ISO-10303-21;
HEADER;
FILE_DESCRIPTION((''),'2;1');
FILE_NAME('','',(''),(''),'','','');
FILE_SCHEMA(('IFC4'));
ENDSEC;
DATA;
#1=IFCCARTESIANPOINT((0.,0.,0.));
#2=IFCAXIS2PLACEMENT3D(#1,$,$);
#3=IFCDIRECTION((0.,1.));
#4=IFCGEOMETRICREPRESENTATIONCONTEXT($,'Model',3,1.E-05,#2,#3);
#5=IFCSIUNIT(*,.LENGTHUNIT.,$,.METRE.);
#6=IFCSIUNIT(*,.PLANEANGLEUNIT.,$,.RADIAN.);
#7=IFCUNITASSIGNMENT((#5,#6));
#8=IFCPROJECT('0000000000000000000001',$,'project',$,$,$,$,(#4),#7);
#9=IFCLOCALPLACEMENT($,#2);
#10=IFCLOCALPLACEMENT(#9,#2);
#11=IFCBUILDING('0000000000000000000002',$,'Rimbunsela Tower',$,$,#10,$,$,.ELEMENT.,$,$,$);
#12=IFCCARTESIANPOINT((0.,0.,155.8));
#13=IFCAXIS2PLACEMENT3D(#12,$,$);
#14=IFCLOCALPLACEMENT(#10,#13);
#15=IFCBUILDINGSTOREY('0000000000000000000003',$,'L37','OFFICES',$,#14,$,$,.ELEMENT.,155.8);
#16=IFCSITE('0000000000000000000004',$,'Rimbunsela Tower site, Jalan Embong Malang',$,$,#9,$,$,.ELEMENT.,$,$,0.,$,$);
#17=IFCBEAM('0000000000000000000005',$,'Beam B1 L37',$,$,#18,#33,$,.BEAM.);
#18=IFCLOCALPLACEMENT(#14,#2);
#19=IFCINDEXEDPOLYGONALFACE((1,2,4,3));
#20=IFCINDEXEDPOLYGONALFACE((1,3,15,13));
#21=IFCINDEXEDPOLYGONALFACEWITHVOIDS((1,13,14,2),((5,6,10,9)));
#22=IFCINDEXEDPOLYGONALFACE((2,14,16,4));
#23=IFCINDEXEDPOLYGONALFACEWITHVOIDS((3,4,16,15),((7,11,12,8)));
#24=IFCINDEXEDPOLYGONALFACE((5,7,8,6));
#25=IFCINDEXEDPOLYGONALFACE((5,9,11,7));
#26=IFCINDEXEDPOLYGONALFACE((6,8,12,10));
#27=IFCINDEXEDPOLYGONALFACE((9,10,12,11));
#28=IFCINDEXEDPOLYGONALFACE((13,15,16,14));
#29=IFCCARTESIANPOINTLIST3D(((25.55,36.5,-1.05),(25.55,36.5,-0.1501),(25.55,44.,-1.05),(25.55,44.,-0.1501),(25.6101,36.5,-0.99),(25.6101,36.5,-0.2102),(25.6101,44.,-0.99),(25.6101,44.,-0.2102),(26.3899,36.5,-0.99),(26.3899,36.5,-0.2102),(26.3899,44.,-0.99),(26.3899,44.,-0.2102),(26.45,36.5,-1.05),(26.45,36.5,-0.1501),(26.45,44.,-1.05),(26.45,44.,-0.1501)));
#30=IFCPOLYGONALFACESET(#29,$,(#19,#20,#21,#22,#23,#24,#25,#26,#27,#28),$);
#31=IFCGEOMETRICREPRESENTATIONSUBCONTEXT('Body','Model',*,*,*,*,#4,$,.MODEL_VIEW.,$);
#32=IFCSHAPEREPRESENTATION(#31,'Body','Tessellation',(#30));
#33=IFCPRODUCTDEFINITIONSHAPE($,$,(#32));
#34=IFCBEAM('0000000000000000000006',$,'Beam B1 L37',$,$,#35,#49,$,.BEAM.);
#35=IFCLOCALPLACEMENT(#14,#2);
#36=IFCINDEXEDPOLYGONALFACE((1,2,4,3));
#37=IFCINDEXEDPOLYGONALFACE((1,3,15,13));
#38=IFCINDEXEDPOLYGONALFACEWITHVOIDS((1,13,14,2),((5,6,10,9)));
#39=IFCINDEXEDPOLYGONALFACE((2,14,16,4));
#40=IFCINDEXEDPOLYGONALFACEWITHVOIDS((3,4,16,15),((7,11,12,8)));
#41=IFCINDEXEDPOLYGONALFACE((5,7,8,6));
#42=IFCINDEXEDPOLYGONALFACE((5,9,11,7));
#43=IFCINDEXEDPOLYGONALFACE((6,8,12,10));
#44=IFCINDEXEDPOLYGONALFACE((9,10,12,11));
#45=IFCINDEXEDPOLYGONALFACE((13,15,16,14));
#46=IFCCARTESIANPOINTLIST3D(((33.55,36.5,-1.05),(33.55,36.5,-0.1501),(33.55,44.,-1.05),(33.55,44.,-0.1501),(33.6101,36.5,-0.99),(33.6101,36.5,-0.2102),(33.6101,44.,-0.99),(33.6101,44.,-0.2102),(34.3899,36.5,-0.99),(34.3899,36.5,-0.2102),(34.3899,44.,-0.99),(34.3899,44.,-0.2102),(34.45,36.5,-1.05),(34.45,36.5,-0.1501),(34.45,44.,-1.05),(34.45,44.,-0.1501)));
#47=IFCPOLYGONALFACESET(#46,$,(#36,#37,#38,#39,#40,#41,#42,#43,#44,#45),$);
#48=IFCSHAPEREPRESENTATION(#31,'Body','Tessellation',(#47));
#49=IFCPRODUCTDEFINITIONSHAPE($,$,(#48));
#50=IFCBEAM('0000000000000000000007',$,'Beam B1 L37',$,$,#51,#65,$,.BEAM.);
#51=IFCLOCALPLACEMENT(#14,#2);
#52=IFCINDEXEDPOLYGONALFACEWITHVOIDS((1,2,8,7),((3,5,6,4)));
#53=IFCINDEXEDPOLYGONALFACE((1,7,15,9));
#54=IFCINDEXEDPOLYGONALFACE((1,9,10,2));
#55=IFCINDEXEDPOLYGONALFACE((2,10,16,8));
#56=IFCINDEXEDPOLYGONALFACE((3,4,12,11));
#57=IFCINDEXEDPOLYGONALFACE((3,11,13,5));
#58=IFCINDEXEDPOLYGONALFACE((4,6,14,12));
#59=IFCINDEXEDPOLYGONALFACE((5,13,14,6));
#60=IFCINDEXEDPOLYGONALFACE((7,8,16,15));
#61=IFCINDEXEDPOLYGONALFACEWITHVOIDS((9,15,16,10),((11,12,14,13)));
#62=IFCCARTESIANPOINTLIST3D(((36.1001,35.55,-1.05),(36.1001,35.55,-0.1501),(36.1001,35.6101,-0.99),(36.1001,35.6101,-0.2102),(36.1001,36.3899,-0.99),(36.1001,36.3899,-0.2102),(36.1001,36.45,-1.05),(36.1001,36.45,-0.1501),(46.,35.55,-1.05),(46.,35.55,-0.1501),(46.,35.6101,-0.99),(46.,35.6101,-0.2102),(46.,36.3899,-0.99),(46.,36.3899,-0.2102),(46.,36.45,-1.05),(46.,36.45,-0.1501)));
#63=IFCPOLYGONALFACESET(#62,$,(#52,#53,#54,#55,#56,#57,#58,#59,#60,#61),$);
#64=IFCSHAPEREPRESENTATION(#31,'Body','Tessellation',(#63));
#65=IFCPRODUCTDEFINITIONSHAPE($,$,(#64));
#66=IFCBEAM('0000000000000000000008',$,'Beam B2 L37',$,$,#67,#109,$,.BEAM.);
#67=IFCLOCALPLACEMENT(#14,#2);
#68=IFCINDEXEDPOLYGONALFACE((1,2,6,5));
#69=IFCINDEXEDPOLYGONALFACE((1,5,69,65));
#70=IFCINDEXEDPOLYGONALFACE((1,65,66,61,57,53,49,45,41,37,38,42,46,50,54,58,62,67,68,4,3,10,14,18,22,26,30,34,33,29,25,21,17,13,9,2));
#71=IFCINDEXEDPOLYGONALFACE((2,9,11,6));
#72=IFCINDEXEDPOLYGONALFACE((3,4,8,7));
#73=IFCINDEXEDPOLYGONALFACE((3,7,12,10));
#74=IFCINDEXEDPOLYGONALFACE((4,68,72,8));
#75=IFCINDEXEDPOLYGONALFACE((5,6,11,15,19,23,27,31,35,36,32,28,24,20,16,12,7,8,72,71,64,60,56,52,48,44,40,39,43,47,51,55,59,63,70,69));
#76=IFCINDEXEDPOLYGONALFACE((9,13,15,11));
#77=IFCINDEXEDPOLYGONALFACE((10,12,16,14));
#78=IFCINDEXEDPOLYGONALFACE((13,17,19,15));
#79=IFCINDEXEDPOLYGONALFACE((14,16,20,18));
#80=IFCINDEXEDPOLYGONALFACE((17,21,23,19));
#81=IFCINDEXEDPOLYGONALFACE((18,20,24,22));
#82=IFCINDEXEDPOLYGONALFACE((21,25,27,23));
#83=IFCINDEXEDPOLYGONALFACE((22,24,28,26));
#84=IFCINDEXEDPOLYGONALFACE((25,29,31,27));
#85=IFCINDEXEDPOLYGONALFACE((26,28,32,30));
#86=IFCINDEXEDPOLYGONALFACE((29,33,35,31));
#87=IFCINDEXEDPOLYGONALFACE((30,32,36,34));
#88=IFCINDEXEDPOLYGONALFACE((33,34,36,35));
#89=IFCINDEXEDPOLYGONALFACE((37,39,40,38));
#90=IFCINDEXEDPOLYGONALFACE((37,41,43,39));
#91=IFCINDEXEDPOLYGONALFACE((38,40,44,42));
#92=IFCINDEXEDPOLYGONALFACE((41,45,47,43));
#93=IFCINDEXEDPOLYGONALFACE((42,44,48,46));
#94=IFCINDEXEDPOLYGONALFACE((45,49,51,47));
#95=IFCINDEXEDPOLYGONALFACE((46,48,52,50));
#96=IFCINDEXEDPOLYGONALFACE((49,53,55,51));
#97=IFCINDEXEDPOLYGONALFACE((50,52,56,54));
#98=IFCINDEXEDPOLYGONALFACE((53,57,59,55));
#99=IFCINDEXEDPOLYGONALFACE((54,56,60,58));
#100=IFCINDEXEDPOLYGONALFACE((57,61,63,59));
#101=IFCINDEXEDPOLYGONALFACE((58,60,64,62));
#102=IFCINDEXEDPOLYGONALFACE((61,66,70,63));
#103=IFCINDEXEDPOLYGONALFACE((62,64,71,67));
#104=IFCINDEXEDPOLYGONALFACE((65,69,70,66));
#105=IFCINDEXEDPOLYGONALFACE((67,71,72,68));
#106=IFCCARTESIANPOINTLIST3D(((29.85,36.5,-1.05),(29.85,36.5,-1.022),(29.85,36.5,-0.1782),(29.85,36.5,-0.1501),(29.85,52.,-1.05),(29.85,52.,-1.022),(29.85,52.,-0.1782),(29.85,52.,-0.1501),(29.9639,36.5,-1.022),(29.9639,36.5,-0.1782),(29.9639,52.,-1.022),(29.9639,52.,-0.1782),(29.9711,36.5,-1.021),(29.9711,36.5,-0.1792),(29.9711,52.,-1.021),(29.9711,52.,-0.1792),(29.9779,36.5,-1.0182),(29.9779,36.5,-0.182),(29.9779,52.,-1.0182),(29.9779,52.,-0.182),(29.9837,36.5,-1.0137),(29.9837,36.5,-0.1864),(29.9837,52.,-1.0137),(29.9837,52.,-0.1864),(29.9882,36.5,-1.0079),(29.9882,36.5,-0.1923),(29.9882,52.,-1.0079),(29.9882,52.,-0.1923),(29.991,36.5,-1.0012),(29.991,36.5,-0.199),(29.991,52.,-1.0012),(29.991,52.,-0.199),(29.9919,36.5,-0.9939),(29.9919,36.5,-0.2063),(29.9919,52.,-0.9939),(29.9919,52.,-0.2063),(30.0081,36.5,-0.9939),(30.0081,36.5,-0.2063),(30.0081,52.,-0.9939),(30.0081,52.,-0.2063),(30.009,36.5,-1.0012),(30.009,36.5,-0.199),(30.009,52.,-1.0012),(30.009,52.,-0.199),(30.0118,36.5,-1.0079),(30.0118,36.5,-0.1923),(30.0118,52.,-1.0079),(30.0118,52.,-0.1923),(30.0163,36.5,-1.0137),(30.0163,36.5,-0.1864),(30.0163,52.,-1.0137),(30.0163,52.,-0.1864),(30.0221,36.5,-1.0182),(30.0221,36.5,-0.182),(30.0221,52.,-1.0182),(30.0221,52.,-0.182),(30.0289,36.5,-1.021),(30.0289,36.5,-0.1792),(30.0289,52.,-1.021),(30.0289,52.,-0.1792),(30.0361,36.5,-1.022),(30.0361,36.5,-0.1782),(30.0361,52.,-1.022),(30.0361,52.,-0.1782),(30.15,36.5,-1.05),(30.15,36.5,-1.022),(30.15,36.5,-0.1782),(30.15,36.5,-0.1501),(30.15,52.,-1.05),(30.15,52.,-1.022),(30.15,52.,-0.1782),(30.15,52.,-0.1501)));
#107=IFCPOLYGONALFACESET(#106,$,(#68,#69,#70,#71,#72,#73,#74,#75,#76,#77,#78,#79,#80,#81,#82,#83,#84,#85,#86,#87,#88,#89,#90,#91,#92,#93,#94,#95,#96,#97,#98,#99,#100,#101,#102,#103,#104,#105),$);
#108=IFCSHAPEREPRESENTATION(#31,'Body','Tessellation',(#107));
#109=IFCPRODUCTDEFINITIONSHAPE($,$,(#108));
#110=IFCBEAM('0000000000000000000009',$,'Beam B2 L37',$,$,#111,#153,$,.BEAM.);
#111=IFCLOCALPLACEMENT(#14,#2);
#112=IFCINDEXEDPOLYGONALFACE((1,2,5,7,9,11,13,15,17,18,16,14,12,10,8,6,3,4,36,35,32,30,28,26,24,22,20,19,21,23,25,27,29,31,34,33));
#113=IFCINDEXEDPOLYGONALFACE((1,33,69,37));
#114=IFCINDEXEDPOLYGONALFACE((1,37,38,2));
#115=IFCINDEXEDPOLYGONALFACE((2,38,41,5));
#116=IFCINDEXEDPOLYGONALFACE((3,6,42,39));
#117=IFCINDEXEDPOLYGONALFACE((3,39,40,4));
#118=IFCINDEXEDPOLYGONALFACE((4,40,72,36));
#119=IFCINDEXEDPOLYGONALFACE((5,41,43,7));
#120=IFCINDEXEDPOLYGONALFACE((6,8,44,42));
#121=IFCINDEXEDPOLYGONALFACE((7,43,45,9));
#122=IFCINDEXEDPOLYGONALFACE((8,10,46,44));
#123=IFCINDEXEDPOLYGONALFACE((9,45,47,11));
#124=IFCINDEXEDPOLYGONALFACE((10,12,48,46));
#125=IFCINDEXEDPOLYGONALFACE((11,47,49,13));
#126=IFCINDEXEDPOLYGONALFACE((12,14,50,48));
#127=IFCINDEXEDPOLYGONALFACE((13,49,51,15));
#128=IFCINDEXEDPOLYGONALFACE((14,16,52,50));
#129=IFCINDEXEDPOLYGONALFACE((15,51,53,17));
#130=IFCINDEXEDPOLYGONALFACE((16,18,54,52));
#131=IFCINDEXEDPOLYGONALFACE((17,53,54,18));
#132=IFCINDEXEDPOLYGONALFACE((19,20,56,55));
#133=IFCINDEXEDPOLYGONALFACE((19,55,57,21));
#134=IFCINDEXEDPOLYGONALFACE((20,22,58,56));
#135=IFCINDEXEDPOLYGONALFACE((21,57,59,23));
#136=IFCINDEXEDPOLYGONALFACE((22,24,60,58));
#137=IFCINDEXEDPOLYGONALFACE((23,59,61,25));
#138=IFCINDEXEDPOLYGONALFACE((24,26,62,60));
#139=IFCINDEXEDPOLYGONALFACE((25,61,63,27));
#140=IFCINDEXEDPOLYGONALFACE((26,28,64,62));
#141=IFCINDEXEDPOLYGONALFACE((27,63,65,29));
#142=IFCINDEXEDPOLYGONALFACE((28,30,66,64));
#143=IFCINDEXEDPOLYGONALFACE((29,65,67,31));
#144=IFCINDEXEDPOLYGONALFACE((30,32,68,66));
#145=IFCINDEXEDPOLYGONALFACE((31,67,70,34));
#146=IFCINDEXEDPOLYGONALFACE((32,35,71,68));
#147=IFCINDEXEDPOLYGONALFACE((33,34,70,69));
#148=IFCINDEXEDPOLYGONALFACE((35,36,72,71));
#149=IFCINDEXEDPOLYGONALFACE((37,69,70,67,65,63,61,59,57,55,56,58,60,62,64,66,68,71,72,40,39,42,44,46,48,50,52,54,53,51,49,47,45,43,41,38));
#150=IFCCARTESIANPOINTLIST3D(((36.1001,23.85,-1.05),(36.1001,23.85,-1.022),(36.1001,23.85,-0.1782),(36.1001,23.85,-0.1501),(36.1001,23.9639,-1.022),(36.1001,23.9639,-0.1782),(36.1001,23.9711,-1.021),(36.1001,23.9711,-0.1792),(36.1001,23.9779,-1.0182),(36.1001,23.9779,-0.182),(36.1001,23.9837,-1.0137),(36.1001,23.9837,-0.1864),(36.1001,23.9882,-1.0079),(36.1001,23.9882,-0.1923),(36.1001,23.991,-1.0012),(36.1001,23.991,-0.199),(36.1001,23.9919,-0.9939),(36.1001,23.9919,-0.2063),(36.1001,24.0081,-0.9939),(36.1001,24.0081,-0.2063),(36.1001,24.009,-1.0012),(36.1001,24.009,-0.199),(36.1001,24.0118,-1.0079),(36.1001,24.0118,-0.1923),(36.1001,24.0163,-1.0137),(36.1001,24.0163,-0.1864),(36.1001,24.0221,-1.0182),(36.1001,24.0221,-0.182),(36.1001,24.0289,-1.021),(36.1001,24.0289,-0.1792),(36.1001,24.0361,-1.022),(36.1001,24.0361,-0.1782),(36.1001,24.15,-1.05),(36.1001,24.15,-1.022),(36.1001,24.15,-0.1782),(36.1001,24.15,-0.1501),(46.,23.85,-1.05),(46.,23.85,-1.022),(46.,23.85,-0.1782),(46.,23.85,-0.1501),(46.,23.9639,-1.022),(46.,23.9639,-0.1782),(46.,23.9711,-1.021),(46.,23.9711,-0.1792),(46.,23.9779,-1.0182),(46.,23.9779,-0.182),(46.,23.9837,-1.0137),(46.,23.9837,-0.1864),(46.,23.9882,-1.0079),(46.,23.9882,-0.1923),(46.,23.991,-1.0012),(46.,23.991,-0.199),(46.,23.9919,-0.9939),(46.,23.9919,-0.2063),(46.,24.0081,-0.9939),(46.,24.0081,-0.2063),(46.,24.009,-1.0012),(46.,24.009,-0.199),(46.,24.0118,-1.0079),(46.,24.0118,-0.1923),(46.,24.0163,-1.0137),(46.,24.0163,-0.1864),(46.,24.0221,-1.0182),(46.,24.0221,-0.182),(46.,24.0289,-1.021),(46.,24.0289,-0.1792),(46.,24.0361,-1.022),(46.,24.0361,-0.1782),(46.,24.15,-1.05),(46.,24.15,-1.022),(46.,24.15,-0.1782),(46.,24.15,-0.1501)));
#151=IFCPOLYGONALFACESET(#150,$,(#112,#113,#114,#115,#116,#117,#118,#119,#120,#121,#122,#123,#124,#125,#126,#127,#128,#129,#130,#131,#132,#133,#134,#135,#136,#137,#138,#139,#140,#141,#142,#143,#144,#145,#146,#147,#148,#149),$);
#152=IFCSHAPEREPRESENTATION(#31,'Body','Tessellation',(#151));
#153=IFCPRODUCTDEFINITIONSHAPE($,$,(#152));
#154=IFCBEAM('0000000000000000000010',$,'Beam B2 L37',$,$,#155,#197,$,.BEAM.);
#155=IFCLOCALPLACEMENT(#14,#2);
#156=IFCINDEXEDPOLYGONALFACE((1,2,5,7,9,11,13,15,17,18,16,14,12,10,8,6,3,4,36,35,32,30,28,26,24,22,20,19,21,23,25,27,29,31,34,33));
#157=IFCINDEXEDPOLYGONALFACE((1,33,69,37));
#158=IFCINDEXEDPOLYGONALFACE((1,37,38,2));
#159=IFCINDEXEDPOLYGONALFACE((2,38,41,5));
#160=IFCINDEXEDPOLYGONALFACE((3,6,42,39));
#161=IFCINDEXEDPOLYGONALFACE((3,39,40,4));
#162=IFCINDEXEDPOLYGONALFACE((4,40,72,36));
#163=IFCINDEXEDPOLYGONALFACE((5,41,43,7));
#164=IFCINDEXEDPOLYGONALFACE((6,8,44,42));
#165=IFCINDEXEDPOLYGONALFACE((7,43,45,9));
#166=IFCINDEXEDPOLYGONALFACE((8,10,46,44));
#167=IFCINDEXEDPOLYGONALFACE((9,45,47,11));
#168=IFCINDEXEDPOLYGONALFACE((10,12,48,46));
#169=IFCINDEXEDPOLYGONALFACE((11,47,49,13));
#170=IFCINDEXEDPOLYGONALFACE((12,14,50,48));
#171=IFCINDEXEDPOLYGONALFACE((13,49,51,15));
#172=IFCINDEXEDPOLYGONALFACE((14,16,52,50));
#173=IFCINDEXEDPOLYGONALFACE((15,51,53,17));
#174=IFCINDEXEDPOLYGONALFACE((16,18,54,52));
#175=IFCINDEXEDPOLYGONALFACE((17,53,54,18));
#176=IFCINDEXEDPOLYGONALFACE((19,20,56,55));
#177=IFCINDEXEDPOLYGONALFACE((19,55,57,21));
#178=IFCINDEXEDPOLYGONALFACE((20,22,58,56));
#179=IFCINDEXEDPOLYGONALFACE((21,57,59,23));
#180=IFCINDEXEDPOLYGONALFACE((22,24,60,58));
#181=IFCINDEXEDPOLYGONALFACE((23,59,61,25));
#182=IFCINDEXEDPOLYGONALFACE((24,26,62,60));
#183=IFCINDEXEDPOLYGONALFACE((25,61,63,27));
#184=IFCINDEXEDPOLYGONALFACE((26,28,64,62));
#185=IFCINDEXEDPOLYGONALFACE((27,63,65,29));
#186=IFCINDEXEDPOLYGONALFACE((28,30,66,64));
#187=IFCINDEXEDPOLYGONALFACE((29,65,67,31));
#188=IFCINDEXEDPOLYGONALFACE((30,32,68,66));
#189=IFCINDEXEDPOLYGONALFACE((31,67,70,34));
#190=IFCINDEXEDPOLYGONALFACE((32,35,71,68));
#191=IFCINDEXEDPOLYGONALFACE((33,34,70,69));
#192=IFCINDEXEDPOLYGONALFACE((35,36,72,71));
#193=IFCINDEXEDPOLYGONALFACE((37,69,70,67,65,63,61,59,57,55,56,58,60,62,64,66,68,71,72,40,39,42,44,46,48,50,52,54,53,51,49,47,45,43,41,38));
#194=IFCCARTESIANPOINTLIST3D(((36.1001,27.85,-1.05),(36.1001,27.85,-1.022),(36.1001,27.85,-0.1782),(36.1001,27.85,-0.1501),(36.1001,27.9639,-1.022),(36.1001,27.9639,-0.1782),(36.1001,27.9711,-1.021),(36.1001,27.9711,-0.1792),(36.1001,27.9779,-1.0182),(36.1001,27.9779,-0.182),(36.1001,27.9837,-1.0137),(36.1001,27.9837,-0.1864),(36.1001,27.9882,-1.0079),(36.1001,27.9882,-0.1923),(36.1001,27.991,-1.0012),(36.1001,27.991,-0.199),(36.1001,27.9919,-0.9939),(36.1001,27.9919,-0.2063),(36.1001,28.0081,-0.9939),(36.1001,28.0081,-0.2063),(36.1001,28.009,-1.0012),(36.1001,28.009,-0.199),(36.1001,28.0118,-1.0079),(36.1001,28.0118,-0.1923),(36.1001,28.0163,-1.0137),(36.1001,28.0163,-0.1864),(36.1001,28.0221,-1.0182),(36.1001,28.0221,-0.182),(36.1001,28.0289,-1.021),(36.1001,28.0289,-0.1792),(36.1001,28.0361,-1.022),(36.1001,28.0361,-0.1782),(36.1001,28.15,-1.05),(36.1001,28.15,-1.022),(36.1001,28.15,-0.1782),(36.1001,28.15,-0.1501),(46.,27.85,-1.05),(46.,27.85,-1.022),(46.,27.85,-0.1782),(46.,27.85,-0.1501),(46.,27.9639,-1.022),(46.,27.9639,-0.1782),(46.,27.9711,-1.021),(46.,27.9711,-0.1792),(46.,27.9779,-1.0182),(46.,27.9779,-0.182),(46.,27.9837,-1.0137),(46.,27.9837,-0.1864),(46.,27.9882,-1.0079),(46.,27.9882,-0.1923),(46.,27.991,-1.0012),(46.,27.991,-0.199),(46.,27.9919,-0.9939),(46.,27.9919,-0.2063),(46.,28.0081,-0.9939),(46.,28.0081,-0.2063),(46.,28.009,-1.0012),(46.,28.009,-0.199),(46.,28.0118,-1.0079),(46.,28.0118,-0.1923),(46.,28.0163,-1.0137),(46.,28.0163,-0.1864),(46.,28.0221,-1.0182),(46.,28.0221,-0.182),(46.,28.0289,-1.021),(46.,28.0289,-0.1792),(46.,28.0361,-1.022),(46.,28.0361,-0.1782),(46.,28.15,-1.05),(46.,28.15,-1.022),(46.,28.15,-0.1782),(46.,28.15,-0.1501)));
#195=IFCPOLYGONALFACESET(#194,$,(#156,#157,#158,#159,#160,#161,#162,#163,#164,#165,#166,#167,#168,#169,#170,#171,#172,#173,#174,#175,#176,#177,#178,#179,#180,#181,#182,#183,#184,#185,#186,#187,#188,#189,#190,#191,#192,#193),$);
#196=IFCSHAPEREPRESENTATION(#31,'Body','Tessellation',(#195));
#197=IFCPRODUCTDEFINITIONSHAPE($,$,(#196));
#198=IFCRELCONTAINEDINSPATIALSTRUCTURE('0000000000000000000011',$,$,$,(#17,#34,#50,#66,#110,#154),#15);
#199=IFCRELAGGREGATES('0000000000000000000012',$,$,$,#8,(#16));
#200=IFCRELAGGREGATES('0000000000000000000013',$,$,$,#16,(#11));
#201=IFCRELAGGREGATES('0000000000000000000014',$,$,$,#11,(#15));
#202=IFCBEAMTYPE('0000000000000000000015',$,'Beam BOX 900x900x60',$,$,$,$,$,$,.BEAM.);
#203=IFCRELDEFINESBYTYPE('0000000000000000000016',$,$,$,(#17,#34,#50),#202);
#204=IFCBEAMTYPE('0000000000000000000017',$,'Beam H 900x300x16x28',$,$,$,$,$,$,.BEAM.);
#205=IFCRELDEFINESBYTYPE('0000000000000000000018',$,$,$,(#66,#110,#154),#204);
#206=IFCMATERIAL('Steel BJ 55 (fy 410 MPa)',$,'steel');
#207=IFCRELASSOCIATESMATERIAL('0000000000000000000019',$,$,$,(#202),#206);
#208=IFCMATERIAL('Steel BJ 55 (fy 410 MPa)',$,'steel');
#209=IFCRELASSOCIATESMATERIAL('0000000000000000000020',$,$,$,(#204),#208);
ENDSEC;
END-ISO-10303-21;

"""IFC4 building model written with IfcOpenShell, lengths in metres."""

from ifc_helpers import new_model, si_unit, direction, frame, origin, origin_2d, place, context, subcontext, project, spatial, hollow_rectangle, i_section, extrude, material, material_profile, profile_set, type_object, element, save


model = new_model("IFC4")

# Units and contexts
model_context = context("Model", 3, precision=1e-05, world=origin(), true_north=direction((0.0, 1.0)))
body_context = subcontext(model_context, "Body", "Model", "MODEL_VIEW")
ifc_project = project(units=[si_unit("LENGTHUNIT", "METRE"), si_unit("PLANEANGLEUNIT", "RADIAN")], contexts=[model_context])

# Site, building, storey
site_placement = place(None, origin())
site = spatial("IfcSite", under=ifc_project, at=site_placement, Name="Rimbunsela Tower site, Jalan Embong Malang", CompositionType="ELEMENT", RefElevation=0.0)
building_placement = place(site_placement, origin())
building = spatial("IfcBuilding", under=site, at=building_placement, Name="Rimbunsela Tower", CompositionType="ELEMENT")
storey_placement = place(building_placement, frame((0.0, 0.0, 155.8)))
storey = spatial("IfcBuildingStorey", under=building, at=storey_placement, Name="L37", Description="OFFICES", CompositionType="ELEMENT", Elevation=155.8)

# Beams
ifc_material_1 = material(Name="Steel BJ 55 (fy 410 MPa)", Category="steel")
ifc_material_profile_1 = material_profile(ifc_material_1, hollow_rectangle(XDim=0.8999, YDim=0.8999, WallThickness=0.0601, at=origin_2d()), Name="BOX 900x900x60")
ifc_profile_set_1 = profile_set([ifc_material_profile_1], Name="Steel BJ 55 (fy 410 MPa)")
beam_type_1 = type_object("IfcBeamType", Name="Beam BOX 900x900x60", PredefinedType="BEAM", material=ifc_profile_set_1)
for number, where, z_axis, x_axis, name in (
    (1, (26.0, 36.5, -0.6001), (0.0, 1.0, 0.0), (-1.0, 0.0, 0.0), "Beam B1 L37"),
    (2, (34.0, 36.5, -0.6001), (0.0, 1.0, 0.0), (-1.0, 0.0, 0.0), "Beam B1 L37"),
):
    element("IfcBeam", number, at=place(storey_placement, frame(where, z_axis=z_axis, x_axis=x_axis)), inside=storey, type_object=beam_type_1, Name=name, PredefinedType="BEAM", context=body_context, shape_type="SweptSolid", body=[
        extrude(hollow_rectangle(XDim=0.8999, YDim=0.8999, WallThickness=0.0601, at=origin_2d()), origin(), (0.0, 0.0, 1.0), 7.5),
    ])
beam_1_placement = place(storey_placement, frame((36.1001, 36.0, -0.6001), z_axis=(1.0, 0.0, 0.0), x_axis=(0.0, 1.0, 0.0)))
element("IfcBeam", 3, at=beam_1_placement, inside=storey, type_object=beam_type_1, Name="Beam B1 L37", PredefinedType="BEAM", context=body_context, shape_type="SweptSolid", body=[
    extrude(hollow_rectangle(XDim=0.8999, YDim=0.8999, WallThickness=0.0601, at=origin_2d()), origin(), (0.0, 0.0, 1.0), 9.8999),
])
ifc_material_2 = material(Name="Steel BJ 55 (fy 410 MPa)", Category="steel")
ifc_material_profile_2 = material_profile(ifc_material_2, i_section(OverallWidth=0.3, OverallDepth=0.8999, WebThickness=0.0161, FlangeThickness=0.0281, FilletRadius=0.0281, at=origin_2d()), Name="H 900x300x16x28")
ifc_profile_set_2 = profile_set([ifc_material_profile_2], Name="Steel BJ 55 (fy 410 MPa)")
beam_type_2 = type_object("IfcBeamType", Name="Beam H 900x300x16x28", PredefinedType="BEAM", material=ifc_profile_set_2)
beam_2_placement = place(storey_placement, frame((30.0, 36.5, -0.6001), z_axis=(0.0, 1.0, 0.0), x_axis=(-1.0, 0.0, 0.0)))
element("IfcBeam", 4, at=beam_2_placement, inside=storey, type_object=beam_type_2, Name="Beam B2 L37", PredefinedType="BEAM", context=body_context, shape_type="SweptSolid", body=[
    extrude(i_section(OverallWidth=0.3, OverallDepth=0.8999, WebThickness=0.0161, FlangeThickness=0.0281, FilletRadius=0.0281, at=origin_2d()), origin(), (0.0, 0.0, 1.0), 15.5),
])
for number, where, z_axis, x_axis, name in (
    (5, (36.1001, 24.0, -0.6001), (1.0, 0.0, 0.0), (0.0, 1.0, 0.0), "Beam B2 L37"),
    (6, (36.1001, 28.0, -0.6001), (1.0, 0.0, 0.0), (0.0, 1.0, 0.0), "Beam B2 L37"),
):
    element("IfcBeam", number, at=place(storey_placement, frame(where, z_axis=z_axis, x_axis=x_axis)), inside=storey, type_object=beam_type_2, Name=name, PredefinedType="BEAM", context=body_context, shape_type="SweptSolid", body=[
        extrude(i_section(OverallWidth=0.3, OverallDepth=0.8999, WebThickness=0.0161, FlangeThickness=0.0281, FilletRadius=0.0281, at=origin_2d()), origin(), (0.0, 0.0, 1.0), 9.8999),
    ])

save(model, "model.ifc")
